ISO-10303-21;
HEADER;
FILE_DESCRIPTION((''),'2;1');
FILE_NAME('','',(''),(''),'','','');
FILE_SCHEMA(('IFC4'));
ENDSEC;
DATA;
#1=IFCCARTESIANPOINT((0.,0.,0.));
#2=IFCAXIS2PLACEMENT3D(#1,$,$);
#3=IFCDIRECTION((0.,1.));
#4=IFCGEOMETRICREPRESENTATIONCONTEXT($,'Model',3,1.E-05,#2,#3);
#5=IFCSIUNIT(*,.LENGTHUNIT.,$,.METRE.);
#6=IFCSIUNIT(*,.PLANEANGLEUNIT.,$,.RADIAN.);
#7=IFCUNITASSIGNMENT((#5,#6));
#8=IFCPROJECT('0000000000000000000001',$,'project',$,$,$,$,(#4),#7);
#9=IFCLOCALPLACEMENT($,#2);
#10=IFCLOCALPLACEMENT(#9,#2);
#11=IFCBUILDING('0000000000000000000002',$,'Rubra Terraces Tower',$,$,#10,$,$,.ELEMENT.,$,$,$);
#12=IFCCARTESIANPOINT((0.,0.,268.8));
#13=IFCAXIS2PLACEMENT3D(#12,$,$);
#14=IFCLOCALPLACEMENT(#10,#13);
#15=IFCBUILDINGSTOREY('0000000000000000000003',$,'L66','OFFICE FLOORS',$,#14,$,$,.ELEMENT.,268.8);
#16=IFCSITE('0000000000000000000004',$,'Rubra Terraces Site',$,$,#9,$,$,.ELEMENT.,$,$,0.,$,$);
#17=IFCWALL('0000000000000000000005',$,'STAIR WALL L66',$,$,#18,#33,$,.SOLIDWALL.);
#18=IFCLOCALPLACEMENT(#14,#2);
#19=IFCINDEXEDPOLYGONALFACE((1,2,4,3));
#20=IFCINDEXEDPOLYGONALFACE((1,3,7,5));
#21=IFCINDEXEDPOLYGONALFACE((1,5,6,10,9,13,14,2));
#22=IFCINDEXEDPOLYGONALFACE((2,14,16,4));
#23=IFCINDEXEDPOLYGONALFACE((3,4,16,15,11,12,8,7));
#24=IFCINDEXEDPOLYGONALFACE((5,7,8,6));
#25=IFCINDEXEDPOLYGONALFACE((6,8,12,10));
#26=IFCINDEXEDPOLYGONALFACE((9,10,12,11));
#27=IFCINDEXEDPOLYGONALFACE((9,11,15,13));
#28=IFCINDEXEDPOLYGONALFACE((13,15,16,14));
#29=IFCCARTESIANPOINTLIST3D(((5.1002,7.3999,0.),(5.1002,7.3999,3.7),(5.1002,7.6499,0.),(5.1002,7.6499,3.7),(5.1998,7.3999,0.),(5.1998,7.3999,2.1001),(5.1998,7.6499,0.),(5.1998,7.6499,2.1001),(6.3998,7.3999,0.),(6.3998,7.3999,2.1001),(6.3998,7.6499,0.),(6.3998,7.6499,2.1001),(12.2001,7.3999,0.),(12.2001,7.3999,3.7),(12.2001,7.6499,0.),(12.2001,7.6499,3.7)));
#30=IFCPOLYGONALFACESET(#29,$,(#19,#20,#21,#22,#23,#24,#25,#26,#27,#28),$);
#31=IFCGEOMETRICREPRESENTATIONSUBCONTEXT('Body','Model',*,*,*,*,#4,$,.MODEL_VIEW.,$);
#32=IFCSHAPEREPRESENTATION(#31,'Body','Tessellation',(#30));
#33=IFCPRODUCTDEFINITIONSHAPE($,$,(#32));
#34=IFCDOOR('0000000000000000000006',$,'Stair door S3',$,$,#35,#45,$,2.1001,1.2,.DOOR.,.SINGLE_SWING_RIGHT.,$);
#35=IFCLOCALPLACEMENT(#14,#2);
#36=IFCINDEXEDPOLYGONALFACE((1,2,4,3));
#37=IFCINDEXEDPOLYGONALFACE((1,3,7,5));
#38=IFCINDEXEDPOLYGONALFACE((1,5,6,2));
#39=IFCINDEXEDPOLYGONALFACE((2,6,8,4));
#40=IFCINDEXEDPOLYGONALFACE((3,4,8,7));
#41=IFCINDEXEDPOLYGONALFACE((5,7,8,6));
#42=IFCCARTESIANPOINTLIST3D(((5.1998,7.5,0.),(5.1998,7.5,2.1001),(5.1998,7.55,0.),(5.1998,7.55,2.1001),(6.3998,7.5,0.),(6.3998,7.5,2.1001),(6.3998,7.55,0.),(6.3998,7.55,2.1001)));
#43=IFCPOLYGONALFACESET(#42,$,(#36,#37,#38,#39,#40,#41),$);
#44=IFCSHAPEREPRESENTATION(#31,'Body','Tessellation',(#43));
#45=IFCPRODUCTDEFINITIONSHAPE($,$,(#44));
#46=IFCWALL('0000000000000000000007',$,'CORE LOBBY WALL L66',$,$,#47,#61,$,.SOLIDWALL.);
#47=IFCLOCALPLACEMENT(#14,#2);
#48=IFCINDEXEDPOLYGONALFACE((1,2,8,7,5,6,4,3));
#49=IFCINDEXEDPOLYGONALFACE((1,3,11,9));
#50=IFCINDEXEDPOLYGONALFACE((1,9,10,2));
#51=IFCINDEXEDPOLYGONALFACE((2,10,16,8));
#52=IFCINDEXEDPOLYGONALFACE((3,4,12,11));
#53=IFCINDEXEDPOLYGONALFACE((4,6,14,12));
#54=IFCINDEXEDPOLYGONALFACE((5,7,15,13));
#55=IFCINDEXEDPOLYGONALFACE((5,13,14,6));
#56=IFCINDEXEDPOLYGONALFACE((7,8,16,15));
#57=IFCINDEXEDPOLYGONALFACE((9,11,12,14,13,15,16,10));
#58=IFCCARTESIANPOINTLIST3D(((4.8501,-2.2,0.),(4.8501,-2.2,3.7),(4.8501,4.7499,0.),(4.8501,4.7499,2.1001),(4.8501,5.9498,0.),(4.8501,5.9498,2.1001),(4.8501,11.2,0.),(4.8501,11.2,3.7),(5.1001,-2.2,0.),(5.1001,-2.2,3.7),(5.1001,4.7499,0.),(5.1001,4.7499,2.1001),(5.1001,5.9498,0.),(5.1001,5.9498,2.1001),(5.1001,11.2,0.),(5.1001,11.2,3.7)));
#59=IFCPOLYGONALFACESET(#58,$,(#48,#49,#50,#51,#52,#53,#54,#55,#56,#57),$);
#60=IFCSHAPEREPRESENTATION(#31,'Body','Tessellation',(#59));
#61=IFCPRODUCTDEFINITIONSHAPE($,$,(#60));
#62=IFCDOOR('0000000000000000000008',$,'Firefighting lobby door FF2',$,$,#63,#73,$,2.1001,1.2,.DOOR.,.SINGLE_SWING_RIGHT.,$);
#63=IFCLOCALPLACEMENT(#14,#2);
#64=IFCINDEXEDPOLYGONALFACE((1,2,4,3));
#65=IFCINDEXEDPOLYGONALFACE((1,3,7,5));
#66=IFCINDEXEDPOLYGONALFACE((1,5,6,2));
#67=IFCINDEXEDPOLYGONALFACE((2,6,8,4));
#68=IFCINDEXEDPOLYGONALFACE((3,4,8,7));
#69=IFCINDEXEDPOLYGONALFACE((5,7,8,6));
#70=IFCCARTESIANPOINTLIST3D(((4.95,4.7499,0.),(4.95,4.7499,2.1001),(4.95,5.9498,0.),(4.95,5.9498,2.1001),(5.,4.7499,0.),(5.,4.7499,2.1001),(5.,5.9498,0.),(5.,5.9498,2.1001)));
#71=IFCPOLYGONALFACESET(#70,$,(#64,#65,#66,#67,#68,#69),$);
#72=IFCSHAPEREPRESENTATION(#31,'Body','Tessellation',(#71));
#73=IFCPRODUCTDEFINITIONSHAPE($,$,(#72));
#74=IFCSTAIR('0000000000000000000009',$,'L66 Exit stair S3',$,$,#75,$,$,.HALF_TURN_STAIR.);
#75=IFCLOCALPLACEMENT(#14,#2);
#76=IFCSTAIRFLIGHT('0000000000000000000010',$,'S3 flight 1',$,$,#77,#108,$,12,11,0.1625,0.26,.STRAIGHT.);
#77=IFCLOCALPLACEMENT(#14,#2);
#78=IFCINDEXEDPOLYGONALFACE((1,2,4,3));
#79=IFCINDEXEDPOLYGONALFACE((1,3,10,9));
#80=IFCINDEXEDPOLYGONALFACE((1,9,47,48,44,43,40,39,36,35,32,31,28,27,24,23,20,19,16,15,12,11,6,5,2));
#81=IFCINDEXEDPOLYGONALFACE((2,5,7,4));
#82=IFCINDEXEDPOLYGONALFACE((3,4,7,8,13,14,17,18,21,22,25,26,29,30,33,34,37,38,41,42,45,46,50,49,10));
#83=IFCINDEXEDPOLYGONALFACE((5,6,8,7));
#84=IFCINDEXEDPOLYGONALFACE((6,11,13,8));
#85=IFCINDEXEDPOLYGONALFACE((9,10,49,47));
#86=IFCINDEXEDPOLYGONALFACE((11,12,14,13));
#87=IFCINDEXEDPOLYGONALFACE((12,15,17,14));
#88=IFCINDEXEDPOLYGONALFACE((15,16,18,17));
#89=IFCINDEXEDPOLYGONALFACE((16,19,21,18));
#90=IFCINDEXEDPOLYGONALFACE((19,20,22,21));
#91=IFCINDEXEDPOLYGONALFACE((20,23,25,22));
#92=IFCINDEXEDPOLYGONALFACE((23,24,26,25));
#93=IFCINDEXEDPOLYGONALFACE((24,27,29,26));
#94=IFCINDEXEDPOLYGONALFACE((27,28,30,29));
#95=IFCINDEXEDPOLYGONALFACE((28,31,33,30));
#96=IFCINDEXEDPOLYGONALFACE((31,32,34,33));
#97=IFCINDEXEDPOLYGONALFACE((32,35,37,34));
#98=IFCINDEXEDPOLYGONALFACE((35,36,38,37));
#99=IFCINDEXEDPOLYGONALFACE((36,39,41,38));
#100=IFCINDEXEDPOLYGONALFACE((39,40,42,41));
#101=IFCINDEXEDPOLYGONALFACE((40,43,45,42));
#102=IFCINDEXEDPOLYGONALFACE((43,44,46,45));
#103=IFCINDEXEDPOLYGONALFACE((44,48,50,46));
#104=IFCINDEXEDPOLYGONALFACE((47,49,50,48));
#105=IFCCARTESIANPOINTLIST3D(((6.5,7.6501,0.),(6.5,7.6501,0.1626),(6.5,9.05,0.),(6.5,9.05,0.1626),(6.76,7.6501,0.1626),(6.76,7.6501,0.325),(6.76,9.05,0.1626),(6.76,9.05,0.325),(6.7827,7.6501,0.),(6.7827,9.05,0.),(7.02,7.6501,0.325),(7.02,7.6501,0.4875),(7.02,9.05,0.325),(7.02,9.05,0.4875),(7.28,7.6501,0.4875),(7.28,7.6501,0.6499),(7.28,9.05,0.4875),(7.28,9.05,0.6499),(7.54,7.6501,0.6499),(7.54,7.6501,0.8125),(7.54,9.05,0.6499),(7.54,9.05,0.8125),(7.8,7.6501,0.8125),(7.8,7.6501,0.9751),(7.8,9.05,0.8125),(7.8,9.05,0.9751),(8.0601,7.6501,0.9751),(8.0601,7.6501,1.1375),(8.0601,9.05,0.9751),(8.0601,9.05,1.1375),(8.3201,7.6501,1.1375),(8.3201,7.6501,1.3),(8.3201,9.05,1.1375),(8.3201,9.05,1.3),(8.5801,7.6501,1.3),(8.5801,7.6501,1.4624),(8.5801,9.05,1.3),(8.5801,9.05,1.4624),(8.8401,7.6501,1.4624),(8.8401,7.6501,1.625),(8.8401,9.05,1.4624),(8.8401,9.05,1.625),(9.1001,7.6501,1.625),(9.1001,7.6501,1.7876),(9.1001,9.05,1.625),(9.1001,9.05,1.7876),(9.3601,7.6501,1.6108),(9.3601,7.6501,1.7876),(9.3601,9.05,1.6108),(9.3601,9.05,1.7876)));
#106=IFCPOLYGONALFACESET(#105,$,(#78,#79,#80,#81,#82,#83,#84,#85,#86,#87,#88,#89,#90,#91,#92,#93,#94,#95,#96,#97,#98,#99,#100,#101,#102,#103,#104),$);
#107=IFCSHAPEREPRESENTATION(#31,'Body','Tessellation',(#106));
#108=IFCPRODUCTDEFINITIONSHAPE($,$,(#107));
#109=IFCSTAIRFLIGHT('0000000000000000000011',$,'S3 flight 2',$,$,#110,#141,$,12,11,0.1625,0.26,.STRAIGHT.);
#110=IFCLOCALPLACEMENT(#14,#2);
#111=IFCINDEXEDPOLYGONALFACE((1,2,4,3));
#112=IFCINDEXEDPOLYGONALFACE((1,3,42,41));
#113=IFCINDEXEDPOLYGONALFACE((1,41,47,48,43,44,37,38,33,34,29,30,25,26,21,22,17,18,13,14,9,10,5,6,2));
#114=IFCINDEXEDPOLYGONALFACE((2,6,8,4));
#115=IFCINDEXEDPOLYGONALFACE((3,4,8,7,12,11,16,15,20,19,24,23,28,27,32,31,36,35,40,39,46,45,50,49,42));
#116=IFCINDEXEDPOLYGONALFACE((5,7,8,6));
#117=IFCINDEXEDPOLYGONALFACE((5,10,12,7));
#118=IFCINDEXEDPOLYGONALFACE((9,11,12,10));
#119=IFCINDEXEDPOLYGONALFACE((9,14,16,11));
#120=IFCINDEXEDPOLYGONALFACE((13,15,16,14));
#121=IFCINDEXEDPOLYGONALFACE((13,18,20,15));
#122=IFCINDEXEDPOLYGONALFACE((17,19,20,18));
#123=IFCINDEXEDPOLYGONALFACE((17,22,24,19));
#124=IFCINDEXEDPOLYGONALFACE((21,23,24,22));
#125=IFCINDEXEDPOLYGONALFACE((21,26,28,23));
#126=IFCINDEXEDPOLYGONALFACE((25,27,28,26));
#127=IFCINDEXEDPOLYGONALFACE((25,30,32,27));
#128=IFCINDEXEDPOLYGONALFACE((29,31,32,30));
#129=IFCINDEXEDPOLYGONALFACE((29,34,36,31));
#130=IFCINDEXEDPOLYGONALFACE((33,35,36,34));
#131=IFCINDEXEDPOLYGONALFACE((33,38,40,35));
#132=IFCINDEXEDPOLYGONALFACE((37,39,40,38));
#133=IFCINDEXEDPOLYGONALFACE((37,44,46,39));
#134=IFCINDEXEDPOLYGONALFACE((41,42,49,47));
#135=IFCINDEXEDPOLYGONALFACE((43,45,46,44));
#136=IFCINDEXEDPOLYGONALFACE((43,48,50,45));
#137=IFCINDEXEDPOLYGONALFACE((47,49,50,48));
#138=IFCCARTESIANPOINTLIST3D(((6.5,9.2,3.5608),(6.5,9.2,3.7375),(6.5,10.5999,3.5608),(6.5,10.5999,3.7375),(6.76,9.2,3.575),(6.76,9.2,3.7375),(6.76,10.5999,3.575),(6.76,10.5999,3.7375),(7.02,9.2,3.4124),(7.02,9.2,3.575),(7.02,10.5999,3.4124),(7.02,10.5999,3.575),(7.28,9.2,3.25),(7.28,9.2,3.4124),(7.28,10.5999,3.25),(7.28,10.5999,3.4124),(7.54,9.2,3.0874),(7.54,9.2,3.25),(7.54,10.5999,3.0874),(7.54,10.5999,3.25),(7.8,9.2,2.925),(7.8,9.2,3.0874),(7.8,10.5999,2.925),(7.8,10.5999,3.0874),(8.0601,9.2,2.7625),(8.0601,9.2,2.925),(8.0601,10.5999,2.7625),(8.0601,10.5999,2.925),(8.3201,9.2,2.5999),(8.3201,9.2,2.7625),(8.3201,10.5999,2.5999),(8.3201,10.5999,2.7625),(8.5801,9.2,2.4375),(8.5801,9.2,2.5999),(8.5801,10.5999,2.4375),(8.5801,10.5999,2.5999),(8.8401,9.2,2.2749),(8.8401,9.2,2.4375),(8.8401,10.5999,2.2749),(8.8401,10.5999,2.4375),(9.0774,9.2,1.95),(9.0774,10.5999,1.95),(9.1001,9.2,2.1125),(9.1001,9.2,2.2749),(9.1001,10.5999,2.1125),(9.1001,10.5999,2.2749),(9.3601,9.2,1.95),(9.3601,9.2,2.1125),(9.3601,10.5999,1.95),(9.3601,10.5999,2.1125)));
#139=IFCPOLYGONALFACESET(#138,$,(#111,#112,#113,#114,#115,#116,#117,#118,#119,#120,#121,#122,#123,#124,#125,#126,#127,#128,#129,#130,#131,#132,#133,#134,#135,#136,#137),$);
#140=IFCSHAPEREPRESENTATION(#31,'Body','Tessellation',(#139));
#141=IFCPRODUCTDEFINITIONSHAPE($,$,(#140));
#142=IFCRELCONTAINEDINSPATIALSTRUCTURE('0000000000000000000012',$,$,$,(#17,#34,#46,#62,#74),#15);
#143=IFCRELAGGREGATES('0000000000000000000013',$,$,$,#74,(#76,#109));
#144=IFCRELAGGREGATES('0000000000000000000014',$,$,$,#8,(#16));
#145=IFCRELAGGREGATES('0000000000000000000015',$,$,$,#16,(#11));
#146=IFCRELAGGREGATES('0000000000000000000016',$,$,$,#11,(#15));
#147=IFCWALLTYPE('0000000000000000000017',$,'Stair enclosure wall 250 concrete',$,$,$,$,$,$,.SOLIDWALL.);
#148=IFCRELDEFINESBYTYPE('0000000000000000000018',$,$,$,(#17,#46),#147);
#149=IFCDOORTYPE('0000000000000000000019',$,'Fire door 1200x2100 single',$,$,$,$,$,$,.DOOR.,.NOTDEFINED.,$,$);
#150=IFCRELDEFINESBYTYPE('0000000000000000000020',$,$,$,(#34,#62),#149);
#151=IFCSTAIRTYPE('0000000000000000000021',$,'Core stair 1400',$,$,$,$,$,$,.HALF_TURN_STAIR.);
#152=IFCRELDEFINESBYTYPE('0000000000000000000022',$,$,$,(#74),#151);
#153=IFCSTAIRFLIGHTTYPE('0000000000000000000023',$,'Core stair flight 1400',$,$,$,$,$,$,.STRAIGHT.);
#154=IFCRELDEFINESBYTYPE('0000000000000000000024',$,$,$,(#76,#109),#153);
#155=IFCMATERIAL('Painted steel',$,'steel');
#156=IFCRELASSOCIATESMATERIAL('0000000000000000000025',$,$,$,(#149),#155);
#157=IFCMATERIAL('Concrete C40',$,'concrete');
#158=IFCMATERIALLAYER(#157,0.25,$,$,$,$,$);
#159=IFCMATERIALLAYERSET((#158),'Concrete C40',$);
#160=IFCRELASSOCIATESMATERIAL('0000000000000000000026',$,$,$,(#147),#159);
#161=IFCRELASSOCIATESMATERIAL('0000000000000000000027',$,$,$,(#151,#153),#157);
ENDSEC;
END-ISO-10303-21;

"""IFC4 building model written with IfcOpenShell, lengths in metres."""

from ifc_helpers import new_model, si_unit, direction, frame, frame_2d, origin, place, context, subcontext, project, spatial, polyline, rectangle, outline, extrude, material, layer, layer_set, type_object, element, fill, aggregate, save


model = new_model("IFC4")

# Units and contexts
model_context = context("Model", 3, precision=1e-05, world=origin(), true_north=direction((0.0, 1.0)))
body_context = subcontext(model_context, "Body", "Model", "MODEL_VIEW")
ifc_project = project(units=[si_unit("LENGTHUNIT", "METRE"), si_unit("PLANEANGLEUNIT", "RADIAN")], contexts=[model_context])

# Site, building, storey
site_placement = place(None, origin())
site = spatial("IfcSite", under=ifc_project, at=site_placement, Name="Rubra Terraces Site", CompositionType="ELEMENT", RefElevation=0.0)
building_placement = place(site_placement, origin())
building = spatial("IfcBuilding", under=site, at=building_placement, Name="Rubra Terraces Tower", CompositionType="ELEMENT")
storey_placement = place(building_placement, frame((0.0, 0.0, 268.8)))
storey = spatial("IfcBuildingStorey", under=building, at=storey_placement, Name="L66", Description="OFFICE FLOORS", CompositionType="ELEMENT", Elevation=268.8)

# Shared definitions
ifc_material_1 = material(Name="Concrete C40", Category="concrete")

# Shared definitions
ifc_material_2 = material(Name="Painted steel", Category="steel")
door_type_1 = type_object("IfcDoorType", Name="Fire door 1200x2100 single", OperationType="NOTDEFINED", PredefinedType="DOOR", material=ifc_material_2)

# Walls, openings, doors
ifc_layer_1 = layer(ifc_material_1, 0.25)
ifc_layer_set_1 = layer_set([ifc_layer_1], Name="Concrete C40")
wall_type_1 = type_object("IfcWallType", Name="Stair enclosure wall 250 concrete", PredefinedType="SOLIDWALL", material=ifc_layer_set_1)
wall_1_placement = place(storey_placement, frame((12.2, 7.5249, 0.0), z_axis=(0.0, 0.0, 1.0), x_axis=(-1.0, 0.0, 0.0)))
wall_1 = element("IfcWall", 1, at=wall_1_placement, inside=storey, type_object=wall_type_1, Name="STAIR WALL L66", PredefinedType="SOLIDWALL", context=body_context, shape_type="SweptSolid", body=[
    extrude(rectangle(XDim=7.0999, YDim=0.25, at=frame_2d((3.5498, 0.0))), origin(), (0.0, 0.0, 1.0), 3.7),
])
opening_1_placement = place(wall_1_placement, frame((5.8, 0.0, 0.0)))
opening_1 = element("IfcOpeningElement", 2, at=opening_1_placement, cuts=wall_1, PredefinedType="OPENING", context=body_context, shape_type="SweptSolid", body=[
    extrude(rectangle(XDim=1.2, YDim=2.1001, at=frame_2d((0.6001, 1.05))), frame((0.0, 0.135, 0.0), z_axis=(0.0, -1.0, 0.0), x_axis=(1.0, 0.0, 0.0)), (0.0, 0.0, 1.0), 0.27),
])
door_1_placement = place(opening_1_placement, origin())
door_1 = element("IfcDoor", 3, at=door_1_placement, inside=storey, type_object=door_type_1, Name="Stair door S3", OperationType="SINGLE_SWING_RIGHT", OverallHeight=2.1001, OverallWidth=1.2, PredefinedType="DOOR", context=body_context, shape_type="SweptSolid", body=[
    extrude(rectangle(XDim=1.2, YDim=2.1001, at=frame_2d((0.6001, 1.05))), frame((0.0, 0.0249, 0.0), z_axis=(0.0, -1.0, 0.0), x_axis=(1.0, 0.0, 0.0)), (0.0, 0.0, 1.0), 0.05),
])
fill(opening_1, door_1)
wall_2_placement = place(storey_placement, frame((4.9751, 11.2, 0.0), z_axis=(0.0, 0.0, 1.0), x_axis=(0.0, -1.0, 0.0)))
wall_2 = element("IfcWall", 4, at=wall_2_placement, inside=storey, type_object=wall_type_1, Name="CORE LOBBY WALL L66", PredefinedType="SOLIDWALL", context=body_context, shape_type="SweptSolid", body=[
    extrude(rectangle(XDim=13.3999, YDim=0.25, at=frame_2d((6.7, 0.0))), origin(), (0.0, 0.0, 1.0), 3.7),
])
opening_2_placement = place(wall_2_placement, frame((5.25, 0.0, 0.0)))
opening_2 = element("IfcOpeningElement", 5, at=opening_2_placement, cuts=wall_2, PredefinedType="OPENING", context=body_context, shape_type="SweptSolid", body=[
    extrude(rectangle(XDim=1.2, YDim=2.1001, at=frame_2d((0.6001, 1.05))), frame((0.0, 0.135, 0.0), z_axis=(0.0, -1.0, 0.0), x_axis=(1.0, 0.0, 0.0)), (0.0, 0.0, 1.0), 0.27),
])
door_2_placement = place(opening_2_placement, origin())
door_2 = element("IfcDoor", 6, at=door_2_placement, inside=storey, type_object=door_type_1, Name="Firefighting lobby door FF2", OperationType="SINGLE_SWING_RIGHT", OverallHeight=2.1001, OverallWidth=1.2, PredefinedType="DOOR", context=body_context, shape_type="SweptSolid", body=[
    extrude(rectangle(XDim=1.2, YDim=2.1001, at=frame_2d((0.6001, 1.05))), frame((0.0, 0.0249, 0.0), z_axis=(0.0, -1.0, 0.0), x_axis=(1.0, 0.0, 0.0)), (0.0, 0.0, 1.0), 0.05),
])
fill(opening_2, door_2)

# Stair, stair flights
stair_type = type_object("IfcStairType", Name="Core stair 1400", PredefinedType="HALF_TURN_STAIR", material=ifc_material_1)
stair_placement = place(storey_placement, origin())
stair = element("IfcStair", 7, at=stair_placement, inside=storey, type_object=stair_type, Name="L66 Exit stair S3", PredefinedType="HALF_TURN_STAIR")
stair_flight_type = type_object("IfcStairFlightType", Name="Core stair flight 1400", PredefinedType="STRAIGHT", material=ifc_material_1)
stair_flight_1_placement = place(storey_placement, frame((6.5, 8.3501, 0.0), z_axis=(0.0, 0.0, 1.0), x_axis=(1.0, 0.0, 0.0)))
stair_flight_1 = element("IfcStairFlight", 8, at=stair_flight_1_placement, type_object=stair_flight_type, Name="S3 flight 1", NumberOfRisers=12, NumberOfTreads=11, PredefinedType="STRAIGHT", RiserHeight=0.1625, TreadLength=0.26, context=body_context, shape_type="SweptSolid", body=[
    extrude(outline(polyline([(0.0, 0.0), (0.0, 0.1626), (0.26, 0.1626), (0.26, 0.325), (0.52, 0.325), (0.52, 0.4875), (0.78, 0.4875), (0.78, 0.6499), (1.04, 0.6499), (1.04, 0.8125), (1.3, 0.8125), (1.3, 0.9751), (1.5601, 0.9751), (1.5601, 1.1375), (1.8201, 1.1375), (1.8201, 1.3), (2.0801, 1.3), (2.0801, 1.4624), (2.3401, 1.4624), (2.3401, 1.625), (2.6001, 1.625), (2.6001, 1.7876), (2.8601, 1.7876), (2.8601, 1.95), (2.8601, 1.6108), (0.2827, 0.0), (0.0, 0.0)])), frame((0.0, 0.7, 0.0), z_axis=(0.0, -1.0, 0.0), x_axis=(1.0, 0.0, 0.0)), (0.0, 0.0, 1.0), 1.3999),
])
stair_flight_2_placement = place(storey_placement, frame((9.3601, 9.8999, 1.95), z_axis=(0.0, 0.0, 1.0), x_axis=(-1.0, 0.0, 0.0)))
stair_flight_2 = element("IfcStairFlight", 9, at=stair_flight_2_placement, type_object=stair_flight_type, Name="S3 flight 2", NumberOfRisers=12, NumberOfTreads=11, PredefinedType="STRAIGHT", RiserHeight=0.1625, TreadLength=0.26, context=body_context, shape_type="SweptSolid", body=[
    extrude(outline(polyline([(0.0, 0.0), (0.0, 0.1626), (0.26, 0.1626), (0.26, 0.325), (0.52, 0.325), (0.52, 0.4875), (0.78, 0.4875), (0.78, 0.6499), (1.04, 0.6499), (1.04, 0.8125), (1.3, 0.8125), (1.3, 0.9751), (1.5601, 0.9751), (1.5601, 1.1375), (1.8201, 1.1375), (1.8201, 1.3), (2.0801, 1.3), (2.0801, 1.4624), (2.3401, 1.4624), (2.3401, 1.625), (2.6001, 1.625), (2.6001, 1.7876), (2.8601, 1.7876), (2.8601, 1.95), (2.8601, 1.6108), (0.2827, 0.0), (0.0, 0.0)])), frame((0.0, 0.7, 0.0), z_axis=(0.0, -1.0, 0.0), x_axis=(1.0, 0.0, 0.0)), (0.0, 0.0, 1.0), 1.3999),
])
aggregate(stair, [stair_flight_1, stair_flight_2])

save(model, "model.ifc")
